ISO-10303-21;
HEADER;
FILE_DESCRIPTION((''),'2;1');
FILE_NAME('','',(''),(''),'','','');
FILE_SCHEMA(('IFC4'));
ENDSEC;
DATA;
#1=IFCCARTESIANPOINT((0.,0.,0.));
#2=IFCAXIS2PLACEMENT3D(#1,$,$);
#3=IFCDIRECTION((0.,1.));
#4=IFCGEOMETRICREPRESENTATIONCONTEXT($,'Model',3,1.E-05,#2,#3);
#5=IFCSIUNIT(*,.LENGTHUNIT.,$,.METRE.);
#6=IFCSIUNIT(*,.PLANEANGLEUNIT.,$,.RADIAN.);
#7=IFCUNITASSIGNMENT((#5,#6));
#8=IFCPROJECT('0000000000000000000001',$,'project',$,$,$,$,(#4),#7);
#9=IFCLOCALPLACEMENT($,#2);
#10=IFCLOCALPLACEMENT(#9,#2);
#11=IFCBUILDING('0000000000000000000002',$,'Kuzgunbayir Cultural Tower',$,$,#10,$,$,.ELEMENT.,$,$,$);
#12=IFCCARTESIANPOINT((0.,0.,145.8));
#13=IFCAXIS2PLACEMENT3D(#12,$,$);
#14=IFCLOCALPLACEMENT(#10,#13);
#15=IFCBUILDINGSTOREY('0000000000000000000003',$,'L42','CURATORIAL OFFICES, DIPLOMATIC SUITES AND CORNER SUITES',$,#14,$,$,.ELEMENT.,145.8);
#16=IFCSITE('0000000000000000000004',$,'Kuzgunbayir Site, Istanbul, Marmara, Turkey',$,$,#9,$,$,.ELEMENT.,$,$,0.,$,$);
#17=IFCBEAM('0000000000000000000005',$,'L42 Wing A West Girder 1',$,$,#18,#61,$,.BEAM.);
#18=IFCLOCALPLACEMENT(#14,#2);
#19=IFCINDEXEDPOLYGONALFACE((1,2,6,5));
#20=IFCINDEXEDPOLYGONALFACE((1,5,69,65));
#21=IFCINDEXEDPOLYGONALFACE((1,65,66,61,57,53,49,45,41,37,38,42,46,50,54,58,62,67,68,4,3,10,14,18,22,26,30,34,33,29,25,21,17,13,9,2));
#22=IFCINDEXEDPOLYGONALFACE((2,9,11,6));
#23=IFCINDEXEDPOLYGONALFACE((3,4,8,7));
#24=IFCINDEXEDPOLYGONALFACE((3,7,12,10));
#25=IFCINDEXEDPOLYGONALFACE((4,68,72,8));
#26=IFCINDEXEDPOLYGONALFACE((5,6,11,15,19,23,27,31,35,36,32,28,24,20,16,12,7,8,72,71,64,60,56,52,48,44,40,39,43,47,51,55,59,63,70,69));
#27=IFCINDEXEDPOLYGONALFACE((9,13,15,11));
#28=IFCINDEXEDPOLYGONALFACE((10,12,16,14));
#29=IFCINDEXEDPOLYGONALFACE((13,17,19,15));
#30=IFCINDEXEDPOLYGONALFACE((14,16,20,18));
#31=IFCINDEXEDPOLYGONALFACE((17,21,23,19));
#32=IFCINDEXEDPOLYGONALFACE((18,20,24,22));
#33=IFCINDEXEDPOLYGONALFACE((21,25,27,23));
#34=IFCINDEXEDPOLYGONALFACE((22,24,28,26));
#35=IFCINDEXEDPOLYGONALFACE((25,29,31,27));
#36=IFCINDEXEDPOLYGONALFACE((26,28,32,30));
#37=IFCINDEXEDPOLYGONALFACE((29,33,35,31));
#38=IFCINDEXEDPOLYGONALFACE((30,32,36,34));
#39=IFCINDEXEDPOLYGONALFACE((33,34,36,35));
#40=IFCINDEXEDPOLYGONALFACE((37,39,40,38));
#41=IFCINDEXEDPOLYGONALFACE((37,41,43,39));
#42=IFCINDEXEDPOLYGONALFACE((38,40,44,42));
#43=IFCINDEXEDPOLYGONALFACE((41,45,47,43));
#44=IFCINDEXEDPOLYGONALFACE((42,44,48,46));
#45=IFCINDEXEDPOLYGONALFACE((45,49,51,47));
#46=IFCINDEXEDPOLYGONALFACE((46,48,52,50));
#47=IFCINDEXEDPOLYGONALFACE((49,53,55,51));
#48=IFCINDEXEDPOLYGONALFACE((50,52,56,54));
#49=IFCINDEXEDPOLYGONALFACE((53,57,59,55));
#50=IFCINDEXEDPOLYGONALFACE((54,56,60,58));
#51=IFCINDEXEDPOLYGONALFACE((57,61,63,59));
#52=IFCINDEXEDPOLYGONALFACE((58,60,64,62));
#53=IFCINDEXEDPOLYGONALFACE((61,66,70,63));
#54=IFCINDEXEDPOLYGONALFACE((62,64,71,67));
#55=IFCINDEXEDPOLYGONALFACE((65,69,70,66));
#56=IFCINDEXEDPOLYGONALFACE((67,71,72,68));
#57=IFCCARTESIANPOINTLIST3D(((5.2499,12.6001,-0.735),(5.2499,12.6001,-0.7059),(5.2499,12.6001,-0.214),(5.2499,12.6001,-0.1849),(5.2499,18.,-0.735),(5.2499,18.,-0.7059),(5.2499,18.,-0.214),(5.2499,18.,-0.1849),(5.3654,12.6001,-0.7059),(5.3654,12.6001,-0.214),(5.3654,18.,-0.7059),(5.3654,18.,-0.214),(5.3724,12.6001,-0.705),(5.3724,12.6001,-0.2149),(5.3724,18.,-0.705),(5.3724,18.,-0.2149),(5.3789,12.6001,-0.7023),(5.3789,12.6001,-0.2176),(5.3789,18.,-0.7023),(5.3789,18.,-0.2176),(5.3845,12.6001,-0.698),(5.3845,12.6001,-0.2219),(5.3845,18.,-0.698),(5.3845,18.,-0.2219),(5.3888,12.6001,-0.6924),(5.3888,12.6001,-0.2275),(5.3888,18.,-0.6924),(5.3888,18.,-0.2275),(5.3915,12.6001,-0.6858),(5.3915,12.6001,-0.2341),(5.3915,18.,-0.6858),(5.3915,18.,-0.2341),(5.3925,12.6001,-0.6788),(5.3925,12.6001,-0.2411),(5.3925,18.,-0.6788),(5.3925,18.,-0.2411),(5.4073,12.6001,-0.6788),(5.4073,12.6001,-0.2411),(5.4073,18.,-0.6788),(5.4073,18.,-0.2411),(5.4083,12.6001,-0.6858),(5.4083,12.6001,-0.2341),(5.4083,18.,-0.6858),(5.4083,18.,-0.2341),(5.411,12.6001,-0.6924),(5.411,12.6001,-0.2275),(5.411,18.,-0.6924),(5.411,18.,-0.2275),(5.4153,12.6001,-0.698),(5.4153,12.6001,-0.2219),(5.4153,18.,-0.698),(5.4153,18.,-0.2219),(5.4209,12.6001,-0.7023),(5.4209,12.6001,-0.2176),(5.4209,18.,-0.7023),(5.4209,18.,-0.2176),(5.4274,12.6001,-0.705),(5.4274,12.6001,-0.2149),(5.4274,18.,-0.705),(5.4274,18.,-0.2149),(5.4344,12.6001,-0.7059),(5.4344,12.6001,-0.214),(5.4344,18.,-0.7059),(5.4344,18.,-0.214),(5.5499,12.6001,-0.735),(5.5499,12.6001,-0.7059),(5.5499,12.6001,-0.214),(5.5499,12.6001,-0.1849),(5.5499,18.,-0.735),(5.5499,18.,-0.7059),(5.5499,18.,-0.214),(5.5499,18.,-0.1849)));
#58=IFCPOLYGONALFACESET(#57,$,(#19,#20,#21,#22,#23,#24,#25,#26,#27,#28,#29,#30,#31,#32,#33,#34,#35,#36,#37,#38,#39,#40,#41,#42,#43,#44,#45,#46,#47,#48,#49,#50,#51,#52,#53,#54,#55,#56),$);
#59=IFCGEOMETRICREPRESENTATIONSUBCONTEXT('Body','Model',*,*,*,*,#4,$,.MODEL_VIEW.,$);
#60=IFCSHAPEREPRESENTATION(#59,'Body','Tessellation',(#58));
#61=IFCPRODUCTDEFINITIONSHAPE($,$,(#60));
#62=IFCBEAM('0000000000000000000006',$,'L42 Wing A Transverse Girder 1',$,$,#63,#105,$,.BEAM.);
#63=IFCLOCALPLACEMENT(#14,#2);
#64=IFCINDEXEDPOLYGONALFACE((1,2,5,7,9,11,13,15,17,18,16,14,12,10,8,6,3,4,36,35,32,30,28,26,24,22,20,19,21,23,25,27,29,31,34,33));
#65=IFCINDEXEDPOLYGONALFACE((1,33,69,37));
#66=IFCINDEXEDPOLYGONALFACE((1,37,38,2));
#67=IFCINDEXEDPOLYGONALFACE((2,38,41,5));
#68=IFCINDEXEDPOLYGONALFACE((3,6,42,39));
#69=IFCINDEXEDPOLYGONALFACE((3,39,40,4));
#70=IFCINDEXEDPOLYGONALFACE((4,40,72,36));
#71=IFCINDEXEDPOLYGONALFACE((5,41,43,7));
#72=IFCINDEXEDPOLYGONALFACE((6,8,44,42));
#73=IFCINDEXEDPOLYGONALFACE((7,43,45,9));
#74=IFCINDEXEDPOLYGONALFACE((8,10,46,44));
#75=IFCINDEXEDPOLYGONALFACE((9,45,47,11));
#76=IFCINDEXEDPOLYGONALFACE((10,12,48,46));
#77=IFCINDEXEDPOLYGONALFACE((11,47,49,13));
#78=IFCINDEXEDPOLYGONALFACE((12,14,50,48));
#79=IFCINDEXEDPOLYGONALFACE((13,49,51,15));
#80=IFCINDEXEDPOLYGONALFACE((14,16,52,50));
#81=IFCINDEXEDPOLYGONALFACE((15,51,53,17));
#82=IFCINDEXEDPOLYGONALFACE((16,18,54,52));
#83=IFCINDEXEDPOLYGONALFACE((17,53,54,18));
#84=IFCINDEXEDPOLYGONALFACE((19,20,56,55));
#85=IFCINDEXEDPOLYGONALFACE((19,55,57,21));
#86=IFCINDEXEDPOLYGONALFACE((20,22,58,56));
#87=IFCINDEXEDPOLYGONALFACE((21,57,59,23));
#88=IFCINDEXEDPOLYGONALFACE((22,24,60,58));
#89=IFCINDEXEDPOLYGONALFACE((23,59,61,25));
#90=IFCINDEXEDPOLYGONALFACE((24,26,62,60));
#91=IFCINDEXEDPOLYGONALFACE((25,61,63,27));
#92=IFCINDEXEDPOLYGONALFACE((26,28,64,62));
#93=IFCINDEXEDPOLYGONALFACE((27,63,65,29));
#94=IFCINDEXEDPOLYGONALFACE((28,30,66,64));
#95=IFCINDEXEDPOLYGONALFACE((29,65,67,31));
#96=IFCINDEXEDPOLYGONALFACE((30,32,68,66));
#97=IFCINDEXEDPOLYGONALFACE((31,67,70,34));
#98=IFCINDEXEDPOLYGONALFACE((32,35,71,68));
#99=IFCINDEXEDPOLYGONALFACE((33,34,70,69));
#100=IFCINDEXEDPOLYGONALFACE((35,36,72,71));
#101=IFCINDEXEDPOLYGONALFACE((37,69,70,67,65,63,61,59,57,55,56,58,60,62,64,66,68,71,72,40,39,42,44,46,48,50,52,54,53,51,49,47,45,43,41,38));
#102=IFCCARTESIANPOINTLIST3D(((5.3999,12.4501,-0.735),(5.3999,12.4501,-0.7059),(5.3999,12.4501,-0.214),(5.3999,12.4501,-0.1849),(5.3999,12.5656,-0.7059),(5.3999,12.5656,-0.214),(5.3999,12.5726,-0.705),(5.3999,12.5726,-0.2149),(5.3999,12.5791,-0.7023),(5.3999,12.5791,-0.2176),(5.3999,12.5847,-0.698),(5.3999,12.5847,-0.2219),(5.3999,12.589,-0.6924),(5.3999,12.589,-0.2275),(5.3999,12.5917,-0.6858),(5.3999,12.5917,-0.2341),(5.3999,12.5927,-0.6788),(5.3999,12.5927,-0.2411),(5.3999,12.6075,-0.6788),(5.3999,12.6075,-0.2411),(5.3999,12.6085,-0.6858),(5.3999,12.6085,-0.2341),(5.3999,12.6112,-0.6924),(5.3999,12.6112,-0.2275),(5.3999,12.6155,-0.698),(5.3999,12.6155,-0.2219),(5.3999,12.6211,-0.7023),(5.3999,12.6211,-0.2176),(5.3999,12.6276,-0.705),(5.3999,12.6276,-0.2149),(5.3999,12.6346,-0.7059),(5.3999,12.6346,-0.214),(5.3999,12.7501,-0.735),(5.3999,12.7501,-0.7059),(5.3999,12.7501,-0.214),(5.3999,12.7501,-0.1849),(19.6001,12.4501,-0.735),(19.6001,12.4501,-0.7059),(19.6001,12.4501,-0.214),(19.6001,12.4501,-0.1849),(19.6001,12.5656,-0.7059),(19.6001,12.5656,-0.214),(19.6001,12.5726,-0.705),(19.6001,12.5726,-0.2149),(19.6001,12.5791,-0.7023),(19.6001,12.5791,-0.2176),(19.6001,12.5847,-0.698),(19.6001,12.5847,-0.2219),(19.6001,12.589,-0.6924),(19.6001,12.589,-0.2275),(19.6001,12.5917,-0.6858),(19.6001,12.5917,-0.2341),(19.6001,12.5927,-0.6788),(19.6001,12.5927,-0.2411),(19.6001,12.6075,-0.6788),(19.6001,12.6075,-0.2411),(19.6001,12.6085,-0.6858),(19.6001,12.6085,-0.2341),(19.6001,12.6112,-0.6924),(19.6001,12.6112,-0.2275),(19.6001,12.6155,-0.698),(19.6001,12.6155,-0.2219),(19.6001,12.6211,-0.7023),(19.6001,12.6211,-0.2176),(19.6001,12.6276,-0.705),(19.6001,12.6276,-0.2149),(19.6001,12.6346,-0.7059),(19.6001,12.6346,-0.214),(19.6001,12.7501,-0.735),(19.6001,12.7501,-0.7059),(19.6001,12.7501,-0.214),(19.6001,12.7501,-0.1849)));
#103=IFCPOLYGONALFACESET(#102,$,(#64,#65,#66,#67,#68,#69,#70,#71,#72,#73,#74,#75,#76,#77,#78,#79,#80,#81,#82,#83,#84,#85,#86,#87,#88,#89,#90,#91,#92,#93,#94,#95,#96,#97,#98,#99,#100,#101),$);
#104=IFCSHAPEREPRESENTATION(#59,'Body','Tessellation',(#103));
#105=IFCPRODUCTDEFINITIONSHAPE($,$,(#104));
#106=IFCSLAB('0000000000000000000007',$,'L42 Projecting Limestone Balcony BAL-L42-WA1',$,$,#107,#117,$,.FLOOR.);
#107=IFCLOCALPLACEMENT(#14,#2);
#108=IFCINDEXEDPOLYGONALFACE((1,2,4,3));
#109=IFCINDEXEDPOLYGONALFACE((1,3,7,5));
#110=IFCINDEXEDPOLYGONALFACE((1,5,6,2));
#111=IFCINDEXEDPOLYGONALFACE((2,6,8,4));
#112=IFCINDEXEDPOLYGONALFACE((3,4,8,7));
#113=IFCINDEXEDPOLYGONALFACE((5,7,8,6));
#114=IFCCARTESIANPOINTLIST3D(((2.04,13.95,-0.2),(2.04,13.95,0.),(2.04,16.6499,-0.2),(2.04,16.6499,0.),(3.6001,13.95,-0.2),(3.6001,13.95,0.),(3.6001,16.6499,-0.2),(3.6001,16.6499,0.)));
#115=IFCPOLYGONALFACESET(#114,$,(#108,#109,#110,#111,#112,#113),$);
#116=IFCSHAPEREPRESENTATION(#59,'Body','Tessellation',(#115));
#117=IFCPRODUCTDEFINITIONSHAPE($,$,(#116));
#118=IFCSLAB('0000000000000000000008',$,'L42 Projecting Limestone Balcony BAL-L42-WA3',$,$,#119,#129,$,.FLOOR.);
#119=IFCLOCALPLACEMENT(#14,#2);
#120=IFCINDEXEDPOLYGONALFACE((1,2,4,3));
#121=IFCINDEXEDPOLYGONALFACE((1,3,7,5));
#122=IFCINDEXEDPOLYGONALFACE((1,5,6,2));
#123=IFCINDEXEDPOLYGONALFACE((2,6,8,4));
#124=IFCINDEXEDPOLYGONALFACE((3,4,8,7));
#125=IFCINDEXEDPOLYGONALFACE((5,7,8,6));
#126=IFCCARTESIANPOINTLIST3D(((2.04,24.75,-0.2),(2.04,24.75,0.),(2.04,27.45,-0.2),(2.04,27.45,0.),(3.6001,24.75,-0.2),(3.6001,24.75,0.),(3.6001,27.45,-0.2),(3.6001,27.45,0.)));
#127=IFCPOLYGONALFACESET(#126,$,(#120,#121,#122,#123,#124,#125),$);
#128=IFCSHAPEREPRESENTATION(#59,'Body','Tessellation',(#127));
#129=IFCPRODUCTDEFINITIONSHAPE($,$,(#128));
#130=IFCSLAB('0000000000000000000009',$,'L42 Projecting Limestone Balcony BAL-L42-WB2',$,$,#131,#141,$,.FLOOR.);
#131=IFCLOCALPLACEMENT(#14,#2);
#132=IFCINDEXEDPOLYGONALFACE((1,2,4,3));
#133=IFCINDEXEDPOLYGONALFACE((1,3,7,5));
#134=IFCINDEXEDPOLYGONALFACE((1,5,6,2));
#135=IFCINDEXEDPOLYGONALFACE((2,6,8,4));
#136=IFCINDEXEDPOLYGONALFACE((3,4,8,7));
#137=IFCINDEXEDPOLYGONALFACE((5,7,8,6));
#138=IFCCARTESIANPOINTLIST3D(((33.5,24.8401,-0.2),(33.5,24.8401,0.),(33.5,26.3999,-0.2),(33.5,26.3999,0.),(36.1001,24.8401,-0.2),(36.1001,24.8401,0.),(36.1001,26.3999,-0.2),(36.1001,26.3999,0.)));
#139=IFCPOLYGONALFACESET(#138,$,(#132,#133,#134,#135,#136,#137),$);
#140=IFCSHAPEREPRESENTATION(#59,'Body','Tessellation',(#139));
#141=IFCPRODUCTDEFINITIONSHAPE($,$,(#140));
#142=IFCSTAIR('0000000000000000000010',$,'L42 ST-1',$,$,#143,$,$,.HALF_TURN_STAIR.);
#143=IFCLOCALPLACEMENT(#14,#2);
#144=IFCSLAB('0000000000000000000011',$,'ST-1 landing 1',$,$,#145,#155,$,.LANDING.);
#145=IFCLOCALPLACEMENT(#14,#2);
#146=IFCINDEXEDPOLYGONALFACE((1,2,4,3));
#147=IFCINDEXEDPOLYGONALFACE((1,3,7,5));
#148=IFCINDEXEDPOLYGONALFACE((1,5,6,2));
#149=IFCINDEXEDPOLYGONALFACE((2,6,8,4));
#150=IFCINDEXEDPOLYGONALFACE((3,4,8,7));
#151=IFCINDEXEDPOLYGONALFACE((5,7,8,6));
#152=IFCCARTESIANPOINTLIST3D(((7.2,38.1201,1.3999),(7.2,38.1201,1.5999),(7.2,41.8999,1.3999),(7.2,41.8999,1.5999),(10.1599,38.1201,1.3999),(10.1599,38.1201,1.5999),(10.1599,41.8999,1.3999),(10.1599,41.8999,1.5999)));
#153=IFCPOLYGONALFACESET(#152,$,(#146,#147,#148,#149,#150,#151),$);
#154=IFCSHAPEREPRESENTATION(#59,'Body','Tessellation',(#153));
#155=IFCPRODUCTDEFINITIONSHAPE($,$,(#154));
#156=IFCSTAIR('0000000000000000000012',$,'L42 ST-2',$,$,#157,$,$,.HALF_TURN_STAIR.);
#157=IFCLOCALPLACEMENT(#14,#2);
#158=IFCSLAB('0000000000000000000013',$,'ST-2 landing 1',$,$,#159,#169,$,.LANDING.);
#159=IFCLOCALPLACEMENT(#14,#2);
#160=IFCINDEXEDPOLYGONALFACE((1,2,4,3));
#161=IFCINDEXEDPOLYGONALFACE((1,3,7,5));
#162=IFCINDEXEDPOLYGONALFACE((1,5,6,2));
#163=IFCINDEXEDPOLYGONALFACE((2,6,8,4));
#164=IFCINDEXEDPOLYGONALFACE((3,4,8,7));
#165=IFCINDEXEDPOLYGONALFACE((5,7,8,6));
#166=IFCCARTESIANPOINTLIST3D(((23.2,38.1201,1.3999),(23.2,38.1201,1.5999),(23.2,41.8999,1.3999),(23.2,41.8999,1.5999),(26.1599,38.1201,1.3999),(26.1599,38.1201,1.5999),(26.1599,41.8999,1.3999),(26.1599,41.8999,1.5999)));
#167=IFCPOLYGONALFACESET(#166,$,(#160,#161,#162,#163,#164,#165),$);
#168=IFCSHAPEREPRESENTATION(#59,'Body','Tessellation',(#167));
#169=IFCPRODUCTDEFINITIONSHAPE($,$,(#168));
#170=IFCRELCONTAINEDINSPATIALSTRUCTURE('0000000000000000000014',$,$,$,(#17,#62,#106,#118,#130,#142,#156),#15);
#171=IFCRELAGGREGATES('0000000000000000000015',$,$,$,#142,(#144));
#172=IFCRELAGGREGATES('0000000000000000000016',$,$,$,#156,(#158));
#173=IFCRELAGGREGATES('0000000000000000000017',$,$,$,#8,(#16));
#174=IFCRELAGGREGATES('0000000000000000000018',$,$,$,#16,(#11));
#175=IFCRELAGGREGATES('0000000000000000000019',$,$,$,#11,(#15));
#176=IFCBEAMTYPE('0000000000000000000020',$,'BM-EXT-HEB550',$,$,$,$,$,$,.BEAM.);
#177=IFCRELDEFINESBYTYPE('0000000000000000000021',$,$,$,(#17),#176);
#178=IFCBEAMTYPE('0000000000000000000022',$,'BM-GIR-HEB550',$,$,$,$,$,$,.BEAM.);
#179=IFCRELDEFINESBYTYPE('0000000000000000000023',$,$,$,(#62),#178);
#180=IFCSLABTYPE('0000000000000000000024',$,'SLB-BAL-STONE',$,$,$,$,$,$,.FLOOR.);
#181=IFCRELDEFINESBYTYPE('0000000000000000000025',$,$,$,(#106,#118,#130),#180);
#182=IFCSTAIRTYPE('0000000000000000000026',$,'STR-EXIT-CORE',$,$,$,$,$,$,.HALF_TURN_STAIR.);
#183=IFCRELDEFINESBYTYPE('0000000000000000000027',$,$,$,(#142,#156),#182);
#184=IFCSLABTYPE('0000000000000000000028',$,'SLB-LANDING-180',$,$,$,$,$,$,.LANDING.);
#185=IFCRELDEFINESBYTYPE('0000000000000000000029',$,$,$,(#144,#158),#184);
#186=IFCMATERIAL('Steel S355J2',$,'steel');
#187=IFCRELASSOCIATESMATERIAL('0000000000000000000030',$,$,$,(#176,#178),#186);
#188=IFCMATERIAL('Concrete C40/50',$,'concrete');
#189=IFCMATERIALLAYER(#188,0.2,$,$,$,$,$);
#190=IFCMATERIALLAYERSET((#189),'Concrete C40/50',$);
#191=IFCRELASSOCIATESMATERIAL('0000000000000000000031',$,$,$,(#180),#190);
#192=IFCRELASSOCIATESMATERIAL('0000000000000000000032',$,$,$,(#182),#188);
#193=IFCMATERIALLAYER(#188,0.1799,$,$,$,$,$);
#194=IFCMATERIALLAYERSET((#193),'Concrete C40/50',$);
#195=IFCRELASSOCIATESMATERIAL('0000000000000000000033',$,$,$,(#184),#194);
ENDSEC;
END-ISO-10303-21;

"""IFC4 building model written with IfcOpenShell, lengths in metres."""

from ifc_helpers import new_model, si_unit, direction, frame, origin, origin_2d, place, context, subcontext, project, spatial, polyline, i_section, outline, extrude, material, layer, layer_set, material_profile, profile_set, type_object, element, aggregate, save


model = new_model("IFC4")

# Units and contexts
model_context = context("Model", 3, precision=1e-05, world=origin(), true_north=direction((0.0, 1.0)))
body_context = subcontext(model_context, "Body", "Model", "MODEL_VIEW")
ifc_project = project(units=[si_unit("LENGTHUNIT", "METRE"), si_unit("PLANEANGLEUNIT", "RADIAN")], contexts=[model_context])

# Site, building, storey
site_placement = place(None, origin())
site = spatial("IfcSite", under=ifc_project, at=site_placement, Name="Kuzgunbayir Site, Istanbul, Marmara, Turkey", CompositionType="ELEMENT", RefElevation=0.0)
building_placement = place(site_placement, origin())
building = spatial("IfcBuilding", under=site, at=building_placement, Name="Kuzgunbayir Cultural Tower", CompositionType="ELEMENT")
storey_placement = place(building_placement, frame((0.0, 0.0, 145.8)))
storey = spatial("IfcBuildingStorey", under=building, at=storey_placement, Name="L42", Description="CURATORIAL OFFICES, DIPLOMATIC SUITES AND CORNER SUITES", CompositionType="ELEMENT", Elevation=145.8)

# Beams
ifc_material_1 = material(Name="Steel S355J2", Category="steel")
ifc_material_profile_1 = material_profile(ifc_material_1, i_section(OverallWidth=0.3, OverallDepth=0.55, WebThickness=0.0149, FlangeThickness=0.0291, FilletRadius=0.0271, at=origin_2d()), Name="HEB 550")
ifc_profile_set_1 = profile_set([ifc_material_profile_1], Name="Steel S355J2")
beam_type_1 = type_object("IfcBeamType", Name="BM-EXT-HEB550", PredefinedType="BEAM", material=ifc_profile_set_1)
beam_1_placement = place(storey_placement, frame((5.3999, 12.6001, -0.46), z_axis=(0.0, 1.0, 0.0), x_axis=(-1.0, 0.0, 0.0)))
element("IfcBeam", 1, at=beam_1_placement, inside=storey, type_object=beam_type_1, Name="L42 Wing A West Girder 1", PredefinedType="BEAM", context=body_context, shape_type="SweptSolid", body=[
    extrude(i_section(OverallWidth=0.3, OverallDepth=0.55, WebThickness=0.0149, FlangeThickness=0.0291, FilletRadius=0.0271, at=origin_2d()), origin(), (0.0, 0.0, 1.0), 5.3999),
])
ifc_material_profile_2 = material_profile(ifc_material_1, i_section(OverallWidth=0.3, OverallDepth=0.55, WebThickness=0.0149, FlangeThickness=0.0291, FilletRadius=0.0271, at=origin_2d()), Name="HEB 550")
ifc_profile_set_2 = profile_set([ifc_material_profile_2], Name="Steel S355J2")
beam_type_2 = type_object("IfcBeamType", Name="BM-GIR-HEB550", PredefinedType="BEAM", material=ifc_profile_set_2)
beam_2_placement = place(storey_placement, frame((5.3999, 12.6001, -0.46), z_axis=(1.0, 0.0, 0.0), x_axis=(0.0, 1.0, 0.0)))
element("IfcBeam", 2, at=beam_2_placement, inside=storey, type_object=beam_type_2, Name="L42 Wing A Transverse Girder 1", PredefinedType="BEAM", context=body_context, shape_type="SweptSolid", body=[
    extrude(i_section(OverallWidth=0.3, OverallDepth=0.55, WebThickness=0.0149, FlangeThickness=0.0291, FilletRadius=0.0271, at=origin_2d()), origin(), (0.0, 0.0, 1.0), 14.2002),
])

# Slabs
ifc_material_2 = material(Name="Concrete C40/50", Category="concrete")
ifc_layer_1 = layer(ifc_material_2, 0.2)
ifc_layer_set_1 = layer_set([ifc_layer_1], Name="Concrete C40/50")
slab_type_1 = type_object("IfcSlabType", Name="SLB-BAL-STONE", PredefinedType="FLOOR", material=ifc_layer_set_1)
slab_1_placement = place(storey_placement, frame((0.0, 0.0, -0.2)))
element("IfcSlab", 3, at=slab_1_placement, inside=storey, type_object=slab_type_1, Name="L42 Projecting Limestone Balcony BAL-L42-WA1", PredefinedType="FLOOR", context=body_context, shape_type="SweptSolid", body=[
    extrude(outline(polyline([(2.04, 13.95), (3.6001, 13.95), (3.6001, 16.6499), (2.04, 16.6499), (2.04, 13.95)])), origin(), (0.0, 0.0, 1.0), 0.2),
])
slab_2_placement = place(storey_placement, frame((0.0, 0.0, -0.2)))
element("IfcSlab", 4, at=slab_2_placement, inside=storey, type_object=slab_type_1, Name="L42 Projecting Limestone Balcony BAL-L42-WA3", PredefinedType="FLOOR", context=body_context, shape_type="SweptSolid", body=[
    extrude(outline(polyline([(2.04, 24.75), (3.6001, 24.75), (3.6001, 27.45), (2.04, 27.45), (2.04, 24.75)])), origin(), (0.0, 0.0, 1.0), 0.2),
])
slab_3_placement = place(storey_placement, frame((0.0, 0.0, -0.2)))
element("IfcSlab", 5, at=slab_3_placement, inside=storey, type_object=slab_type_1, Name="L42 Projecting Limestone Balcony BAL-L42-WB2", PredefinedType="FLOOR", context=body_context, shape_type="SweptSolid", body=[
    extrude(outline(polyline([(33.5, 24.8401), (36.1001, 24.8401), (36.1001, 26.3999), (33.5, 26.3999), (33.5, 24.8401)])), origin(), (0.0, 0.0, 1.0), 0.2),
])

# Stairs, slabs
stair_type = type_object("IfcStairType", Name="STR-EXIT-CORE", PredefinedType="HALF_TURN_STAIR", material=ifc_material_2)
stair_1_placement = place(storey_placement, origin())
stair_1 = element("IfcStair", 6, at=stair_1_placement, inside=storey, type_object=stair_type, Name="L42 ST-1", PredefinedType="HALF_TURN_STAIR")
ifc_layer_2 = layer(ifc_material_2, 0.1799)
ifc_layer_set_2 = layer_set([ifc_layer_2], Name="Concrete C40/50")
slab_type_2 = type_object("IfcSlabType", Name="SLB-LANDING-180", PredefinedType="LANDING", material=ifc_layer_set_2)
slab_4_placement = place(storey_placement, frame((0.0, 0.0, 1.3999)))
slab_4 = element("IfcSlab", 7, at=slab_4_placement, type_object=slab_type_2, Name="ST-1 landing 1", PredefinedType="LANDING", context=body_context, shape_type="SweptSolid", body=[
    extrude(outline(polyline([(10.1599, 38.1201), (10.1599, 41.8999), (7.2, 41.8999), (7.2, 38.1201), (10.1599, 38.1201)])), origin(), (0.0, 0.0, 1.0), 0.2),
])
aggregate(stair_1, [slab_4])
stair_2_placement = place(storey_placement, origin())
stair_2 = element("IfcStair", 8, at=stair_2_placement, inside=storey, type_object=stair_type, Name="L42 ST-2", PredefinedType="HALF_TURN_STAIR")
slab_5_placement = place(storey_placement, frame((0.0, 0.0, 1.3999)))
slab_5 = element("IfcSlab", 9, at=slab_5_placement, type_object=slab_type_2, Name="ST-2 landing 1", PredefinedType="LANDING", context=body_context, shape_type="SweptSolid", body=[
    extrude(outline(polyline([(26.1599, 38.1201), (26.1599, 41.8999), (23.2, 41.8999), (23.2, 38.1201), (26.1599, 38.1201)])), origin(), (0.0, 0.0, 1.0), 0.2),
])
aggregate(stair_2, [slab_5])

save(model, "model.ifc")
